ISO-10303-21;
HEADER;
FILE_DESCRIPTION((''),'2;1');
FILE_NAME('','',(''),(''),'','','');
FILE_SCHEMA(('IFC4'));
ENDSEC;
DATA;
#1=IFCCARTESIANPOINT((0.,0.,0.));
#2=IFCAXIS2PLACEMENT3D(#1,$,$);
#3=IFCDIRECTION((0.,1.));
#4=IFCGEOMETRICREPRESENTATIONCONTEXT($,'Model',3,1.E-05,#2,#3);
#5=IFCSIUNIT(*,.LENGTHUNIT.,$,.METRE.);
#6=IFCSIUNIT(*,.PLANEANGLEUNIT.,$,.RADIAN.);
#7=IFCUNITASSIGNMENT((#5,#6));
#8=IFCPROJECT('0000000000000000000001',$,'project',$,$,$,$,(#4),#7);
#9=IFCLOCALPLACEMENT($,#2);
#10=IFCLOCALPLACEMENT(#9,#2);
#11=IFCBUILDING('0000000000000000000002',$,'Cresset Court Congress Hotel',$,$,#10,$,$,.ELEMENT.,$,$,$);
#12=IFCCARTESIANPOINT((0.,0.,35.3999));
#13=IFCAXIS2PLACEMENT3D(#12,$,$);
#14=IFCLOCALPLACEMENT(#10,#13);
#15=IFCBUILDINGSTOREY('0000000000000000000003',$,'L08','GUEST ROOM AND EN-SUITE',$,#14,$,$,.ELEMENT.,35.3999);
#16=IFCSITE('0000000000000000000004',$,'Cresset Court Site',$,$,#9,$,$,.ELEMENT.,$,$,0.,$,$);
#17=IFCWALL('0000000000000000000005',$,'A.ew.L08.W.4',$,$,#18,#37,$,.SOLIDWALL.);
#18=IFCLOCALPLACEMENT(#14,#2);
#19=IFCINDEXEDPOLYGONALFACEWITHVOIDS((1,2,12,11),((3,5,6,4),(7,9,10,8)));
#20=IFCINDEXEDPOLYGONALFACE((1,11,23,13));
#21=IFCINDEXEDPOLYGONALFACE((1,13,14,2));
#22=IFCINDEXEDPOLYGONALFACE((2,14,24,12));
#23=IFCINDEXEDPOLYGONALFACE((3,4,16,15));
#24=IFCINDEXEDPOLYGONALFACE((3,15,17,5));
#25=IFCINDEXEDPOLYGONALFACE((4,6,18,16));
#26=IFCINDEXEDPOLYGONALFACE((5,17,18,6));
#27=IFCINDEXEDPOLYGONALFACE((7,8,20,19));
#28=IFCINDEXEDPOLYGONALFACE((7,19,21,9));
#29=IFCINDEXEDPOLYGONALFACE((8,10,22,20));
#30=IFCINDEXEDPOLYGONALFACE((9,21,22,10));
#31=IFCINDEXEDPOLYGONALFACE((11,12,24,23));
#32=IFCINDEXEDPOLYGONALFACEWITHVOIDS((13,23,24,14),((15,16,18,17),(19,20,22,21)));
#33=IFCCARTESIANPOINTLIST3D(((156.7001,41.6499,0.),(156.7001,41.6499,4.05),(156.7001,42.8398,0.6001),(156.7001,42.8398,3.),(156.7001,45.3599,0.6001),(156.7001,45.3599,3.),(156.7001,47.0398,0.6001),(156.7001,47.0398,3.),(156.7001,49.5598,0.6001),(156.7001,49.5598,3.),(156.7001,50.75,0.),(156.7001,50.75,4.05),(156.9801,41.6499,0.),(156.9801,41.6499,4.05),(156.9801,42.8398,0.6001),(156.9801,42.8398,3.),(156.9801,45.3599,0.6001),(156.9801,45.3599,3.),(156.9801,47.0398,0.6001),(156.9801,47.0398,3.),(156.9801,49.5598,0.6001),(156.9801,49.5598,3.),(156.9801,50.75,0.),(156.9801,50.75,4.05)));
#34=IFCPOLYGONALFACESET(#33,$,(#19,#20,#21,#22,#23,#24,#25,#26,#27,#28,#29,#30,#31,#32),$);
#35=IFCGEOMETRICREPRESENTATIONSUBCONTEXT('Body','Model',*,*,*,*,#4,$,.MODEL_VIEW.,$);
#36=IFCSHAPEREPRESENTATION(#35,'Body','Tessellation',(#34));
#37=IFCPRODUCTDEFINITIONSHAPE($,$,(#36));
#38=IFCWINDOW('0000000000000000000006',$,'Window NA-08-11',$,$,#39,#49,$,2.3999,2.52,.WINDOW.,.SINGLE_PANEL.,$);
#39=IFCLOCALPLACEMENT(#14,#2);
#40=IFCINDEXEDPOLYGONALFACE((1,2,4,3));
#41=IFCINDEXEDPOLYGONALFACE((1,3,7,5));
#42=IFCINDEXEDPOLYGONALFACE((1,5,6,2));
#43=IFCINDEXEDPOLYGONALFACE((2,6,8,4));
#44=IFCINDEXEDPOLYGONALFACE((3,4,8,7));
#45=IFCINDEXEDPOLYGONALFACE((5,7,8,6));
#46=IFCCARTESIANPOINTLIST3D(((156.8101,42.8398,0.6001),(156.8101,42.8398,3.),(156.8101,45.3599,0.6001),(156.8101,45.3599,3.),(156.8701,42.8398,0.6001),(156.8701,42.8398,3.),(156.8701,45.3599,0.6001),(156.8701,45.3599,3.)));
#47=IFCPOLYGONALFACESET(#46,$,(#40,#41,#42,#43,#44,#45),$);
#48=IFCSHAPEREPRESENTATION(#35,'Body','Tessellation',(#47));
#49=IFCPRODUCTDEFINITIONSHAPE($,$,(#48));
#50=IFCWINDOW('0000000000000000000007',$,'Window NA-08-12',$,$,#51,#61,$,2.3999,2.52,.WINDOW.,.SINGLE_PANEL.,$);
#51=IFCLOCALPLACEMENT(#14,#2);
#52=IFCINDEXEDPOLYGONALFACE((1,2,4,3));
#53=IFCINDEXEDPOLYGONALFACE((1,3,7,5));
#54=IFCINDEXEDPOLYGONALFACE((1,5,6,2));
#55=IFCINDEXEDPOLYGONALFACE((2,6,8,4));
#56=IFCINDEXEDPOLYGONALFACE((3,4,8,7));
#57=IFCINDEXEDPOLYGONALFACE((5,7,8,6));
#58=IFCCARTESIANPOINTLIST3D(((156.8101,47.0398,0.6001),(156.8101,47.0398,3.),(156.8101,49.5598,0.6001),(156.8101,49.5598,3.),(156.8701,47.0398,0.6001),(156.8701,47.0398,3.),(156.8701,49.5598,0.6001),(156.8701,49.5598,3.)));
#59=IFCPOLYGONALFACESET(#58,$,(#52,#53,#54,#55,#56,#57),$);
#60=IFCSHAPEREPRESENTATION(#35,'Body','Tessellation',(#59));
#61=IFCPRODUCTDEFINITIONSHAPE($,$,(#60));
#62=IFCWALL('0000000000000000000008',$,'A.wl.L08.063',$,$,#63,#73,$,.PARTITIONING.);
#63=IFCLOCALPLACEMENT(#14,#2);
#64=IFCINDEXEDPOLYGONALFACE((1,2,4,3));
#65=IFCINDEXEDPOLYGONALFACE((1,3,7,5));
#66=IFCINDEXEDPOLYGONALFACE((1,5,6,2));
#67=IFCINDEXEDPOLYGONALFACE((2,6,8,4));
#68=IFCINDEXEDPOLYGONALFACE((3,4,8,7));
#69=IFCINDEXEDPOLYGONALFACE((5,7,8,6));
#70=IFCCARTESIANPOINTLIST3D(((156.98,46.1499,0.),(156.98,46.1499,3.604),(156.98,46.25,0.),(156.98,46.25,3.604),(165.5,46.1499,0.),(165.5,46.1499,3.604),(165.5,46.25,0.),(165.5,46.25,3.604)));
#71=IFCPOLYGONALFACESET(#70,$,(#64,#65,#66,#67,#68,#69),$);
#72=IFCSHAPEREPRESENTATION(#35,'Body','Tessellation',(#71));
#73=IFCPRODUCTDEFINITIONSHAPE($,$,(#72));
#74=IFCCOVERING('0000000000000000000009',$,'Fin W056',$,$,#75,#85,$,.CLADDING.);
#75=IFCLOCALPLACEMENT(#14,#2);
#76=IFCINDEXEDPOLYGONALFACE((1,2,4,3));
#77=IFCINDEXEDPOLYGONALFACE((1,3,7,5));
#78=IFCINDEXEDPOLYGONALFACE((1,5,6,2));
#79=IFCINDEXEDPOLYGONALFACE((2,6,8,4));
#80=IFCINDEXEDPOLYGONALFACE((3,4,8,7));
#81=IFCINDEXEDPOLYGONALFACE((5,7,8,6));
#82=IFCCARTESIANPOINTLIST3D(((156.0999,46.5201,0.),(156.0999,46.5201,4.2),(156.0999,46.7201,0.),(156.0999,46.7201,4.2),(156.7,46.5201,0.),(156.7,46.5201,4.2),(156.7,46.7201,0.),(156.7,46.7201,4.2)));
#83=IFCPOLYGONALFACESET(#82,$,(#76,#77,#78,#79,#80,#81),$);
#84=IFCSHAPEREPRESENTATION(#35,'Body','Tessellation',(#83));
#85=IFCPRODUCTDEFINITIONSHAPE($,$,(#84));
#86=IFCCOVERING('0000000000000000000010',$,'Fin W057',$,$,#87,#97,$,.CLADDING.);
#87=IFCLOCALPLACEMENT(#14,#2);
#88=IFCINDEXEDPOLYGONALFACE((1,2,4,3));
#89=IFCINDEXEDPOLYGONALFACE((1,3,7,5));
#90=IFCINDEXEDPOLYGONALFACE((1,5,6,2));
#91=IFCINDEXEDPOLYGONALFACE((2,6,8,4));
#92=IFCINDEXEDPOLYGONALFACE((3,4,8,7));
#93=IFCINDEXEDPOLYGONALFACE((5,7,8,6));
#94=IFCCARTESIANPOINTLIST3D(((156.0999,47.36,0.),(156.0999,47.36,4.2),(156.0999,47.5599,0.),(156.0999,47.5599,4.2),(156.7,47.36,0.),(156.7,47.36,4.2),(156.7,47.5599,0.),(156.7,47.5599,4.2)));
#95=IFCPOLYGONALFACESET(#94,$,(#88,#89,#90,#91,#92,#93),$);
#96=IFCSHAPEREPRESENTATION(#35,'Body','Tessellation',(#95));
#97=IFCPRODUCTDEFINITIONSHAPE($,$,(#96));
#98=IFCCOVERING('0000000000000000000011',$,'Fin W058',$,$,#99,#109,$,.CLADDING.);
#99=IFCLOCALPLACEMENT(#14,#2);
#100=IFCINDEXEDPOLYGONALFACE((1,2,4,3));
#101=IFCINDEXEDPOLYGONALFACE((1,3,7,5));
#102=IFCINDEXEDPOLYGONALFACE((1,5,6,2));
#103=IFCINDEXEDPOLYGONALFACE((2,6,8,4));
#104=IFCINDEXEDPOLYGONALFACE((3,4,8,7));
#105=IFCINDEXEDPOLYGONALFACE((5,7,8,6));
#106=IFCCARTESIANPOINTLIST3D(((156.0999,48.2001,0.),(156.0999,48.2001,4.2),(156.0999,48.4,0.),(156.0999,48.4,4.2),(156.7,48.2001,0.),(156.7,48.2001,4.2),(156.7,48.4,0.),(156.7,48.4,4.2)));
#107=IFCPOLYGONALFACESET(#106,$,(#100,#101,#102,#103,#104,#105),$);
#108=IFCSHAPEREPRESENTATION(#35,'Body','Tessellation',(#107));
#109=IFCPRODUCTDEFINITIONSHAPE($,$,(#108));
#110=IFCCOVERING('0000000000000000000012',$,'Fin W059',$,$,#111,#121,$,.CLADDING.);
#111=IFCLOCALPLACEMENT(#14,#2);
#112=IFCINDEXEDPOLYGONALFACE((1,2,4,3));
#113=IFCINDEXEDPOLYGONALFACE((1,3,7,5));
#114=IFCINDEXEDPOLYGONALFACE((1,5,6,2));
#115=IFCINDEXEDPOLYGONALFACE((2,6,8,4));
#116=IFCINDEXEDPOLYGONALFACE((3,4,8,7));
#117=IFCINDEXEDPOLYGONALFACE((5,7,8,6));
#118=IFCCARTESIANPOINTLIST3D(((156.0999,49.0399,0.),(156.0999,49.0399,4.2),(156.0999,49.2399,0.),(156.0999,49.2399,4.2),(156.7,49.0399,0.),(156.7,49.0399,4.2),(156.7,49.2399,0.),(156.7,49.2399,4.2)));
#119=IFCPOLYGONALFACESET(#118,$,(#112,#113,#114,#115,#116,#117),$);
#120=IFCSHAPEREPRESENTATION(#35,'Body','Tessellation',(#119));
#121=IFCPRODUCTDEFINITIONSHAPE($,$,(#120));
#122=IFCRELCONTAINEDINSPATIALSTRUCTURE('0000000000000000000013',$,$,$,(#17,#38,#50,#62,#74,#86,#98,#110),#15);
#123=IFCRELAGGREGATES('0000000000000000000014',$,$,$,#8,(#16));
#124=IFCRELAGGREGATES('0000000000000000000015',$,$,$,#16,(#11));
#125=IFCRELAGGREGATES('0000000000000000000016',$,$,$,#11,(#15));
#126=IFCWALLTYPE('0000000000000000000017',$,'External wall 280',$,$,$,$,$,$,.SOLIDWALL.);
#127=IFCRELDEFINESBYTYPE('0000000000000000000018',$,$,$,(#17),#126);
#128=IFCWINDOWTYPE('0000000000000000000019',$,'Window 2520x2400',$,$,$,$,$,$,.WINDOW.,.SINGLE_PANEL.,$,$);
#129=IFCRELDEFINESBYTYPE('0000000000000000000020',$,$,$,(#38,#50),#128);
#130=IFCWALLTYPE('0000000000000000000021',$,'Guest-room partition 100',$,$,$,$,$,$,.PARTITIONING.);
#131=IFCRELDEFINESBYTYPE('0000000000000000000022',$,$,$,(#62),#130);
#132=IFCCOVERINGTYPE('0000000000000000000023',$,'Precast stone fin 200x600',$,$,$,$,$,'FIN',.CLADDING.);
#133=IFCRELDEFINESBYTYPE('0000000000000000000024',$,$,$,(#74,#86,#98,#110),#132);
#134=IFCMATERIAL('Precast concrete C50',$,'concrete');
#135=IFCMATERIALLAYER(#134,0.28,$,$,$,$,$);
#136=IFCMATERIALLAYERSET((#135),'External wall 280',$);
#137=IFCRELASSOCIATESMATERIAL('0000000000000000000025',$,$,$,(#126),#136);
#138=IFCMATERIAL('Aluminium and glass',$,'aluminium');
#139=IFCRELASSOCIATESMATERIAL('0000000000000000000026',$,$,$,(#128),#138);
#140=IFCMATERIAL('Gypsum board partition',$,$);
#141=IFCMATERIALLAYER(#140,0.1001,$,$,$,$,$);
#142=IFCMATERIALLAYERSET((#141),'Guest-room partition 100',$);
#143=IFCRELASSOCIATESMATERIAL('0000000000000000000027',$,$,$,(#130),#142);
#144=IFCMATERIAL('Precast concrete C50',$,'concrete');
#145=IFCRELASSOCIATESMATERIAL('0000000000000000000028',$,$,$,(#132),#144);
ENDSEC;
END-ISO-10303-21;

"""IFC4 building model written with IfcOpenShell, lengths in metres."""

from ifc_helpers import new_model, si_unit, direction, frame, frame_2d, origin, origin_2d, place, context, subcontext, project, spatial, rectangle, extrude, material, layer, layer_set, type_object, element, fill, save


model = new_model("IFC4")

# Units and contexts
model_context = context("Model", 3, precision=1e-05, world=origin(), true_north=direction((0.0, 1.0)))
body_context = subcontext(model_context, "Body", "Model", "MODEL_VIEW")
ifc_project = project(units=[si_unit("LENGTHUNIT", "METRE"), si_unit("PLANEANGLEUNIT", "RADIAN")], contexts=[model_context])

# Site, building, storey
site_placement = place(None, origin())
site = spatial("IfcSite", under=ifc_project, at=site_placement, Name="Cresset Court Site", CompositionType="ELEMENT", RefElevation=0.0)
building_placement = place(site_placement, origin())
building = spatial("IfcBuilding", under=site, at=building_placement, Name="Cresset Court Congress Hotel", CompositionType="ELEMENT")
storey_placement = place(building_placement, frame((0.0, 0.0, 35.3999)))
storey = spatial("IfcBuildingStorey", under=building, at=storey_placement, Name="L08", Description="GUEST ROOM AND EN-SUITE", CompositionType="ELEMENT", Elevation=35.3999)

# Shared definitions
ifc_material_1 = material(Name="Precast concrete C50", Category="concrete")
ifc_layer_1 = layer(ifc_material_1, 0.28)
ifc_layer_set_1 = layer_set([ifc_layer_1], Name="External wall 280")
wall_type_1 = type_object("IfcWallType", Name="External wall 280", PredefinedType="SOLIDWALL", material=ifc_layer_set_1)
ifc_material_2 = material(Name="Aluminium and glass", Category="aluminium")
window_type = type_object("IfcWindowType", Name="Window 2520x2400", PartitioningType="SINGLE_PANEL", PredefinedType="WINDOW", material=ifc_material_2)

# Wall, openings, windows
wall_1_placement = place(storey_placement, frame((156.8401, 41.6499, 0.0), z_axis=(0.0, 0.0, 1.0), x_axis=(0.0, 1.0, 0.0)))
wall_1 = element("IfcWall", 1, at=wall_1_placement, inside=storey, type_object=wall_type_1, Name="A.ew.L08.W.4", PredefinedType="SOLIDWALL", context=body_context, shape_type="SweptSolid", body=[
    extrude(rectangle(XDim=9.1001, YDim=0.28, at=frame_2d((4.55, 0.0))), origin(), (0.0, 0.0, 1.0), 4.05),
])
opening_1_placement = place(wall_1_placement, frame((1.1899, 0.0, 0.6001)))
opening_1 = element("IfcOpeningElement", 2, at=opening_1_placement, cuts=wall_1, PredefinedType="OPENING", context=body_context, shape_type="SweptSolid", body=[
    extrude(rectangle(XDim=2.52, YDim=2.3999, at=frame_2d((1.26, 1.2))), frame((0.0, 0.1499, 0.0), z_axis=(0.0, -1.0, 0.0), x_axis=(1.0, 0.0, 0.0)), (0.0, 0.0, 1.0), 0.3),
])
opening_2_placement = place(wall_1_placement, frame((5.3899, 0.0, 0.6001)))
opening_2 = element("IfcOpeningElement", 3, at=opening_2_placement, cuts=wall_1, PredefinedType="OPENING", context=body_context, shape_type="SweptSolid", body=[
    extrude(rectangle(XDim=2.52, YDim=2.3999, at=frame_2d((1.26, 1.2))), frame((0.0, 0.1499, 0.0), z_axis=(0.0, -1.0, 0.0), x_axis=(1.0, 0.0, 0.0)), (0.0, 0.0, 1.0), 0.3),
])
window_1_placement = place(opening_1_placement, origin())
window_1 = element("IfcWindow", 4, at=window_1_placement, inside=storey, type_object=window_type, Name="Window NA-08-11", OverallHeight=2.3999, OverallWidth=2.52, PartitioningType="SINGLE_PANEL", PredefinedType="WINDOW", context=body_context, shape_type="SweptSolid", body=[
    extrude(rectangle(XDim=2.52, YDim=2.3999, at=frame_2d((1.26, 1.2))), frame((0.0, 0.03, 0.0), z_axis=(0.0, -1.0, 0.0), x_axis=(1.0, 0.0, 0.0)), (0.0, 0.0, 1.0), 0.0601),
])
fill(opening_1, window_1)
window_2_placement = place(opening_2_placement, origin())
window_2 = element("IfcWindow", 5, at=window_2_placement, inside=storey, type_object=window_type, Name="Window NA-08-12", OverallHeight=2.3999, OverallWidth=2.52, PartitioningType="SINGLE_PANEL", PredefinedType="WINDOW", context=body_context, shape_type="SweptSolid", body=[
    extrude(rectangle(XDim=2.52, YDim=2.3999, at=frame_2d((1.26, 1.2))), frame((0.0, 0.03, 0.0), z_axis=(0.0, -1.0, 0.0), x_axis=(1.0, 0.0, 0.0)), (0.0, 0.0, 1.0), 0.0601),
])
fill(opening_2, window_2)

# Wall
ifc_material_3 = material(Name="Gypsum board partition")
ifc_layer_2 = layer(ifc_material_3, 0.1001)
ifc_layer_set_2 = layer_set([ifc_layer_2], Name="Guest-room partition 100")
wall_type_2 = type_object("IfcWallType", Name="Guest-room partition 100", PredefinedType="PARTITIONING", material=ifc_layer_set_2)
wall_2_placement = place(storey_placement, frame((156.98, 46.2, 0.0), z_axis=(0.0, 0.0, 1.0), x_axis=(1.0, 0.0, 0.0)))
element("IfcWall", 6, at=wall_2_placement, inside=storey, type_object=wall_type_2, Name="A.wl.L08.063", PredefinedType="PARTITIONING", context=body_context, shape_type="SweptSolid", body=[
    extrude(rectangle(XDim=8.52, YDim=0.1001, at=frame_2d((4.26, 0.0))), origin(), (0.0, 0.0, 1.0), 3.604),
])

# Coverings
ifc_material_4 = material(Name="Precast concrete C50", Category="concrete")
covering_type = type_object("IfcCoveringType", Name="Precast stone fin 200x600", ElementType="FIN", PredefinedType="CLADDING", material=ifc_material_4)
for number, where, z_axis, x_axis, name in (
    (7, (156.3999, 46.6201, 0.0), (0.0, 0.0, 1.0), (1.0, 0.0, 0.0), "Fin W056"),
    (8, (156.3999, 47.46, 0.0), (0.0, 0.0, 1.0), (1.0, 0.0, 0.0), "Fin W057"),
    (9, (156.3999, 48.3, 0.0), (0.0, 0.0, 1.0), (1.0, 0.0, 0.0), "Fin W058"),
    (10, (156.3999, 49.1399, 0.0), (0.0, 0.0, 1.0), (1.0, 0.0, 0.0), "Fin W059"),
):
    element("IfcCovering", number, at=place(storey_placement, frame(where, z_axis=z_axis, x_axis=x_axis)), inside=storey, type_object=covering_type, Name=name, PredefinedType="CLADDING", context=body_context, shape_type="SweptSolid", body=[
        extrude(rectangle(XDim=0.6001, YDim=0.2, at=origin_2d()), origin(), (0.0, 0.0, 1.0), 4.2),
    ])

save(model, "model.ifc")
